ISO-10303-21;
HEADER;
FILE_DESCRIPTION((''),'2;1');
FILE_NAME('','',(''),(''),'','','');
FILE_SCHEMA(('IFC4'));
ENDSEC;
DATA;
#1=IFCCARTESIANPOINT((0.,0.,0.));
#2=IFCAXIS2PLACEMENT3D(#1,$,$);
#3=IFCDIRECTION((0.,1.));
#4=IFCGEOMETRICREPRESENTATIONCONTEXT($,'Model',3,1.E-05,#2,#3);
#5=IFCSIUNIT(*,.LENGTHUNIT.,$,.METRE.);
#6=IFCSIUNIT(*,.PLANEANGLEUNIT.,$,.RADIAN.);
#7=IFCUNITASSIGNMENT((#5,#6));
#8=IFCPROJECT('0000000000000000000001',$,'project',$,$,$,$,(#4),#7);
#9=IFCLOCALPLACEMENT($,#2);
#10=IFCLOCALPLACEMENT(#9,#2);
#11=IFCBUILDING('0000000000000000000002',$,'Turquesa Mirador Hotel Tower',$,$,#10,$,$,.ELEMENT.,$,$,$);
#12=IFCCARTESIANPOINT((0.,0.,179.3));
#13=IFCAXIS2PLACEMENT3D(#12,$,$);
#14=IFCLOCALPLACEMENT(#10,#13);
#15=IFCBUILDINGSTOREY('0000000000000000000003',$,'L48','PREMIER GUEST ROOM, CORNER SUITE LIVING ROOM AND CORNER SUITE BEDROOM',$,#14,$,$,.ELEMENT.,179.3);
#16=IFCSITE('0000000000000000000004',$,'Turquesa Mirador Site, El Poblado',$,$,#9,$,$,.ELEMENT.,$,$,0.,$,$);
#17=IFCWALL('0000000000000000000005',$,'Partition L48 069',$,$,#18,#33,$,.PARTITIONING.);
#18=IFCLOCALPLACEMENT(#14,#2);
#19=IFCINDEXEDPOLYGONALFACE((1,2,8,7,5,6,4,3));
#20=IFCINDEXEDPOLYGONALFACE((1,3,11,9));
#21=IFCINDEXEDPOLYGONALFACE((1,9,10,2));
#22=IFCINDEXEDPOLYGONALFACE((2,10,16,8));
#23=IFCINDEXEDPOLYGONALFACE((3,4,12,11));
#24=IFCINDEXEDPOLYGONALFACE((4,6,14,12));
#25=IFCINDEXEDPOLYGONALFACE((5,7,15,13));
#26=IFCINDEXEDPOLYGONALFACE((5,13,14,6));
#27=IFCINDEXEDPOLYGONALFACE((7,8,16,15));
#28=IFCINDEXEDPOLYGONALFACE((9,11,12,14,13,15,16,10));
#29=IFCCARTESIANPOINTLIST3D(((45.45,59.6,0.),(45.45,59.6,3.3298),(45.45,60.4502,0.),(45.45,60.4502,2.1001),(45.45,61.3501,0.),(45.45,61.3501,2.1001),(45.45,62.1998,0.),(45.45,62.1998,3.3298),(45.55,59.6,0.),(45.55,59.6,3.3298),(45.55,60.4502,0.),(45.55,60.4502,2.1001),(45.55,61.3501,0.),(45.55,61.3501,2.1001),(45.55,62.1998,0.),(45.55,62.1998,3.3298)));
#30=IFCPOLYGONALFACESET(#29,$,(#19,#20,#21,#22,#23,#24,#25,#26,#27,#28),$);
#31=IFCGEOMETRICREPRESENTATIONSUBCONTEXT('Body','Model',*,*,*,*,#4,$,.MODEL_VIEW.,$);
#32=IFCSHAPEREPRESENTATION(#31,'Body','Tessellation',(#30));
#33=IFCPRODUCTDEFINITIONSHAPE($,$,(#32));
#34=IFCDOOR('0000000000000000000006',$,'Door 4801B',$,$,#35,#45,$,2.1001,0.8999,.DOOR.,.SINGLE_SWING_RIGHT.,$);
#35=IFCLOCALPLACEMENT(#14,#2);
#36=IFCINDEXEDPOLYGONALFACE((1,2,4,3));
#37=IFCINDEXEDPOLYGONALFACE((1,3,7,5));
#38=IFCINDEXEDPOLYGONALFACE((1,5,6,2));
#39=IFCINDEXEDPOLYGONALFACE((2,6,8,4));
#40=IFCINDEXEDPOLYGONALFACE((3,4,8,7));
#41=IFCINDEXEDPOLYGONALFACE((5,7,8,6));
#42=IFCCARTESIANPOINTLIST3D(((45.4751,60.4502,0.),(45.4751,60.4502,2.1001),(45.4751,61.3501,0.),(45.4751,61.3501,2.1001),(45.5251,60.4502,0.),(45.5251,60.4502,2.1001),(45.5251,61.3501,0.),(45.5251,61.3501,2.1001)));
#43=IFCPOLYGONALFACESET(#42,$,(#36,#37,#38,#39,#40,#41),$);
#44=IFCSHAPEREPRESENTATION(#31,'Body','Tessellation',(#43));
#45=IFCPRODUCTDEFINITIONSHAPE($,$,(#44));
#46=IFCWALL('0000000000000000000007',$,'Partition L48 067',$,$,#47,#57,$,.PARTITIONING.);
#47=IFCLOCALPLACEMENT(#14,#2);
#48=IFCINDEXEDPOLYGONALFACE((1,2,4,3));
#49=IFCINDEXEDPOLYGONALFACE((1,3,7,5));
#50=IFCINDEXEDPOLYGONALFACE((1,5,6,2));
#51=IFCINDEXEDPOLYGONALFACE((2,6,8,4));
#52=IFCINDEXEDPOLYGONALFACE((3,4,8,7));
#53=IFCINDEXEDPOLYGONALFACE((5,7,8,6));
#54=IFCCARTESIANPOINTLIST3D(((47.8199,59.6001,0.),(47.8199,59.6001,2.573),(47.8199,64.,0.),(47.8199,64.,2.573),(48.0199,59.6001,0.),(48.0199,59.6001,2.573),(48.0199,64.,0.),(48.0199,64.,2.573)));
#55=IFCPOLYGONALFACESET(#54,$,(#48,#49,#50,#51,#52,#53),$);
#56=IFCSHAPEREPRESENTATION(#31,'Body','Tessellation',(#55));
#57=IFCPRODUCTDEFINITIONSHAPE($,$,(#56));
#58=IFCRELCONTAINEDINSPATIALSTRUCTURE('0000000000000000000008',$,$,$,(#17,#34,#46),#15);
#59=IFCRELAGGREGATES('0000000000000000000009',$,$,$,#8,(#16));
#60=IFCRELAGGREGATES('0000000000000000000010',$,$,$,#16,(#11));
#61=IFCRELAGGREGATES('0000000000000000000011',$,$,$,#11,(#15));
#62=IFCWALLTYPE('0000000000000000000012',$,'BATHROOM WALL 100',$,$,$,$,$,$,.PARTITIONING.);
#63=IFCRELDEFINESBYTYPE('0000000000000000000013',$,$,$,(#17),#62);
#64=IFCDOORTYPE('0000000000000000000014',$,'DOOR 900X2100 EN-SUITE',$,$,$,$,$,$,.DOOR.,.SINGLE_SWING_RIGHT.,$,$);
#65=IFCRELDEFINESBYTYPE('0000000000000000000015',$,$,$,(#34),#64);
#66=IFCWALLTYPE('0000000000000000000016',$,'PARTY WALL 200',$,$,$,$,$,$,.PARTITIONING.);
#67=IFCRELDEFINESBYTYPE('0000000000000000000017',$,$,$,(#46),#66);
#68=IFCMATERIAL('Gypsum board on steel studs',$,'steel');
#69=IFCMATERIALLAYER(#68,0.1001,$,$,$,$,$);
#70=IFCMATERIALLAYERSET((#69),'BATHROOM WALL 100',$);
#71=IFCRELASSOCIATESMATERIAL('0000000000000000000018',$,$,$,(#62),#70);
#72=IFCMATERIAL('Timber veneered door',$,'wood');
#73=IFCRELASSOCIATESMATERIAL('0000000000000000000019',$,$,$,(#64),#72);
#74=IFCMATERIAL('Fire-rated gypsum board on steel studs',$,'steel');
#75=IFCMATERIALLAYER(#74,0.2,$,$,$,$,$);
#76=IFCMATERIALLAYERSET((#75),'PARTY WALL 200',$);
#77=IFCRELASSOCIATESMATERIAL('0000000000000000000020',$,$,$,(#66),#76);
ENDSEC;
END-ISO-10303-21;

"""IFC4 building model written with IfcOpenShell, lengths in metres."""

from ifc_helpers import new_model, si_unit, direction, frame, frame_2d, origin, place, context, subcontext, project, spatial, rectangle, extrude, material, layer, layer_set, type_object, element, fill, save


model = new_model("IFC4")

# Units and contexts
model_context = context("Model", 3, precision=1e-05, world=origin(), true_north=direction((0.0, 1.0)))
body_context = subcontext(model_context, "Body", "Model", "MODEL_VIEW")
ifc_project = project(units=[si_unit("LENGTHUNIT", "METRE"), si_unit("PLANEANGLEUNIT", "RADIAN")], contexts=[model_context])

# Site, building, storey
site_placement = place(None, origin())
site = spatial("IfcSite", under=ifc_project, at=site_placement, Name="Turquesa Mirador Site, El Poblado", CompositionType="ELEMENT", RefElevation=0.0)
building_placement = place(site_placement, origin())
building = spatial("IfcBuilding", under=site, at=building_placement, Name="Turquesa Mirador Hotel Tower", CompositionType="ELEMENT")
storey_placement = place(building_placement, frame((0.0, 0.0, 179.3)))
storey = spatial("IfcBuildingStorey", under=building, at=storey_placement, Name="L48", Description="PREMIER GUEST ROOM, CORNER SUITE LIVING ROOM AND CORNER SUITE BEDROOM", CompositionType="ELEMENT", Elevation=179.3)

# Shared definitions
ifc_material_1 = material(Name="Gypsum board on steel studs", Category="steel")
ifc_layer_1 = layer(ifc_material_1, 0.1001)
ifc_layer_set_1 = layer_set([ifc_layer_1], Name="BATHROOM WALL 100")
wall_type_1 = type_object("IfcWallType", Name="BATHROOM WALL 100", PredefinedType="PARTITIONING", material=ifc_layer_set_1)

# Wall, opening, door
ifc_material_2 = material(Name="Timber veneered door", Category="wood")
door_type_1 = type_object("IfcDoorType", Name="DOOR 900X2100 EN-SUITE", OperationType="SINGLE_SWING_RIGHT", PredefinedType="DOOR", material=ifc_material_2)
wall_1_placement = place(storey_placement, frame((45.5, 59.6001, 0.0), z_axis=(0.0, 0.0, 1.0), x_axis=(0.0, 1.0, 0.0)))
wall_1 = element("IfcWall", 1, at=wall_1_placement, inside=storey, type_object=wall_type_1, Name="Partition L48 069", PredefinedType="PARTITIONING", context=body_context, shape_type="SweptSolid", body=[
    extrude(rectangle(XDim=2.5999, YDim=0.1001, at=frame_2d((1.2998, 0.0))), origin(), (0.0, 0.0, 1.0), 3.3298),
])
opening_1_placement = place(wall_1_placement, frame((0.8501, 0.0, 0.0)))
opening_1 = element("IfcOpeningElement", 2, at=opening_1_placement, cuts=wall_1, PredefinedType="OPENING", context=body_context, shape_type="SweptSolid", body=[
    extrude(rectangle(XDim=0.8999, YDim=2.1001, at=frame_2d((0.45, 1.05))), frame((0.0, 0.0601, 0.0), z_axis=(0.0, -1.0, 0.0), x_axis=(1.0, 0.0, 0.0)), (0.0, 0.0, 1.0), 0.1201),
])
door_1_placement = place(opening_1_placement, origin())
door_1 = element("IfcDoor", 3, at=door_1_placement, inside=storey, type_object=door_type_1, Name="Door 4801B", OperationType="SINGLE_SWING_RIGHT", OverallHeight=2.1001, OverallWidth=0.8999, PredefinedType="DOOR", context=body_context, shape_type="SweptSolid", body=[
    extrude(rectangle(XDim=0.8999, YDim=2.1001, at=frame_2d((0.45, 1.05))), frame((0.0, 0.0249, 0.0), z_axis=(0.0, -1.0, 0.0), x_axis=(1.0, 0.0, 0.0)), (0.0, 0.0, 1.0), 0.05),
])
fill(opening_1, door_1)

# Wall
ifc_material_3 = material(Name="Fire-rated gypsum board on steel studs", Category="steel")
ifc_layer_2 = layer(ifc_material_3, 0.2)
ifc_layer_set_2 = layer_set([ifc_layer_2], Name="PARTY WALL 200")
wall_type_2 = type_object("IfcWallType", Name="PARTY WALL 200", PredefinedType="PARTITIONING", material=ifc_layer_set_2)
wall_2_placement = place(storey_placement, frame((47.9199, 59.6001, 0.0), z_axis=(0.0, 0.0, 1.0), x_axis=(0.0, 1.0, 0.0)))
element("IfcWall", 4, at=wall_2_placement, inside=storey, type_object=wall_type_2, Name="Partition L48 067", PredefinedType="PARTITIONING", context=body_context, shape_type="SweptSolid", body=[
    extrude(rectangle(XDim=4.3999, YDim=0.2, at=frame_2d((2.2, 0.0))), origin(), (0.0, 0.0, 1.0), 2.573),
])

save(model, "model.ifc")
